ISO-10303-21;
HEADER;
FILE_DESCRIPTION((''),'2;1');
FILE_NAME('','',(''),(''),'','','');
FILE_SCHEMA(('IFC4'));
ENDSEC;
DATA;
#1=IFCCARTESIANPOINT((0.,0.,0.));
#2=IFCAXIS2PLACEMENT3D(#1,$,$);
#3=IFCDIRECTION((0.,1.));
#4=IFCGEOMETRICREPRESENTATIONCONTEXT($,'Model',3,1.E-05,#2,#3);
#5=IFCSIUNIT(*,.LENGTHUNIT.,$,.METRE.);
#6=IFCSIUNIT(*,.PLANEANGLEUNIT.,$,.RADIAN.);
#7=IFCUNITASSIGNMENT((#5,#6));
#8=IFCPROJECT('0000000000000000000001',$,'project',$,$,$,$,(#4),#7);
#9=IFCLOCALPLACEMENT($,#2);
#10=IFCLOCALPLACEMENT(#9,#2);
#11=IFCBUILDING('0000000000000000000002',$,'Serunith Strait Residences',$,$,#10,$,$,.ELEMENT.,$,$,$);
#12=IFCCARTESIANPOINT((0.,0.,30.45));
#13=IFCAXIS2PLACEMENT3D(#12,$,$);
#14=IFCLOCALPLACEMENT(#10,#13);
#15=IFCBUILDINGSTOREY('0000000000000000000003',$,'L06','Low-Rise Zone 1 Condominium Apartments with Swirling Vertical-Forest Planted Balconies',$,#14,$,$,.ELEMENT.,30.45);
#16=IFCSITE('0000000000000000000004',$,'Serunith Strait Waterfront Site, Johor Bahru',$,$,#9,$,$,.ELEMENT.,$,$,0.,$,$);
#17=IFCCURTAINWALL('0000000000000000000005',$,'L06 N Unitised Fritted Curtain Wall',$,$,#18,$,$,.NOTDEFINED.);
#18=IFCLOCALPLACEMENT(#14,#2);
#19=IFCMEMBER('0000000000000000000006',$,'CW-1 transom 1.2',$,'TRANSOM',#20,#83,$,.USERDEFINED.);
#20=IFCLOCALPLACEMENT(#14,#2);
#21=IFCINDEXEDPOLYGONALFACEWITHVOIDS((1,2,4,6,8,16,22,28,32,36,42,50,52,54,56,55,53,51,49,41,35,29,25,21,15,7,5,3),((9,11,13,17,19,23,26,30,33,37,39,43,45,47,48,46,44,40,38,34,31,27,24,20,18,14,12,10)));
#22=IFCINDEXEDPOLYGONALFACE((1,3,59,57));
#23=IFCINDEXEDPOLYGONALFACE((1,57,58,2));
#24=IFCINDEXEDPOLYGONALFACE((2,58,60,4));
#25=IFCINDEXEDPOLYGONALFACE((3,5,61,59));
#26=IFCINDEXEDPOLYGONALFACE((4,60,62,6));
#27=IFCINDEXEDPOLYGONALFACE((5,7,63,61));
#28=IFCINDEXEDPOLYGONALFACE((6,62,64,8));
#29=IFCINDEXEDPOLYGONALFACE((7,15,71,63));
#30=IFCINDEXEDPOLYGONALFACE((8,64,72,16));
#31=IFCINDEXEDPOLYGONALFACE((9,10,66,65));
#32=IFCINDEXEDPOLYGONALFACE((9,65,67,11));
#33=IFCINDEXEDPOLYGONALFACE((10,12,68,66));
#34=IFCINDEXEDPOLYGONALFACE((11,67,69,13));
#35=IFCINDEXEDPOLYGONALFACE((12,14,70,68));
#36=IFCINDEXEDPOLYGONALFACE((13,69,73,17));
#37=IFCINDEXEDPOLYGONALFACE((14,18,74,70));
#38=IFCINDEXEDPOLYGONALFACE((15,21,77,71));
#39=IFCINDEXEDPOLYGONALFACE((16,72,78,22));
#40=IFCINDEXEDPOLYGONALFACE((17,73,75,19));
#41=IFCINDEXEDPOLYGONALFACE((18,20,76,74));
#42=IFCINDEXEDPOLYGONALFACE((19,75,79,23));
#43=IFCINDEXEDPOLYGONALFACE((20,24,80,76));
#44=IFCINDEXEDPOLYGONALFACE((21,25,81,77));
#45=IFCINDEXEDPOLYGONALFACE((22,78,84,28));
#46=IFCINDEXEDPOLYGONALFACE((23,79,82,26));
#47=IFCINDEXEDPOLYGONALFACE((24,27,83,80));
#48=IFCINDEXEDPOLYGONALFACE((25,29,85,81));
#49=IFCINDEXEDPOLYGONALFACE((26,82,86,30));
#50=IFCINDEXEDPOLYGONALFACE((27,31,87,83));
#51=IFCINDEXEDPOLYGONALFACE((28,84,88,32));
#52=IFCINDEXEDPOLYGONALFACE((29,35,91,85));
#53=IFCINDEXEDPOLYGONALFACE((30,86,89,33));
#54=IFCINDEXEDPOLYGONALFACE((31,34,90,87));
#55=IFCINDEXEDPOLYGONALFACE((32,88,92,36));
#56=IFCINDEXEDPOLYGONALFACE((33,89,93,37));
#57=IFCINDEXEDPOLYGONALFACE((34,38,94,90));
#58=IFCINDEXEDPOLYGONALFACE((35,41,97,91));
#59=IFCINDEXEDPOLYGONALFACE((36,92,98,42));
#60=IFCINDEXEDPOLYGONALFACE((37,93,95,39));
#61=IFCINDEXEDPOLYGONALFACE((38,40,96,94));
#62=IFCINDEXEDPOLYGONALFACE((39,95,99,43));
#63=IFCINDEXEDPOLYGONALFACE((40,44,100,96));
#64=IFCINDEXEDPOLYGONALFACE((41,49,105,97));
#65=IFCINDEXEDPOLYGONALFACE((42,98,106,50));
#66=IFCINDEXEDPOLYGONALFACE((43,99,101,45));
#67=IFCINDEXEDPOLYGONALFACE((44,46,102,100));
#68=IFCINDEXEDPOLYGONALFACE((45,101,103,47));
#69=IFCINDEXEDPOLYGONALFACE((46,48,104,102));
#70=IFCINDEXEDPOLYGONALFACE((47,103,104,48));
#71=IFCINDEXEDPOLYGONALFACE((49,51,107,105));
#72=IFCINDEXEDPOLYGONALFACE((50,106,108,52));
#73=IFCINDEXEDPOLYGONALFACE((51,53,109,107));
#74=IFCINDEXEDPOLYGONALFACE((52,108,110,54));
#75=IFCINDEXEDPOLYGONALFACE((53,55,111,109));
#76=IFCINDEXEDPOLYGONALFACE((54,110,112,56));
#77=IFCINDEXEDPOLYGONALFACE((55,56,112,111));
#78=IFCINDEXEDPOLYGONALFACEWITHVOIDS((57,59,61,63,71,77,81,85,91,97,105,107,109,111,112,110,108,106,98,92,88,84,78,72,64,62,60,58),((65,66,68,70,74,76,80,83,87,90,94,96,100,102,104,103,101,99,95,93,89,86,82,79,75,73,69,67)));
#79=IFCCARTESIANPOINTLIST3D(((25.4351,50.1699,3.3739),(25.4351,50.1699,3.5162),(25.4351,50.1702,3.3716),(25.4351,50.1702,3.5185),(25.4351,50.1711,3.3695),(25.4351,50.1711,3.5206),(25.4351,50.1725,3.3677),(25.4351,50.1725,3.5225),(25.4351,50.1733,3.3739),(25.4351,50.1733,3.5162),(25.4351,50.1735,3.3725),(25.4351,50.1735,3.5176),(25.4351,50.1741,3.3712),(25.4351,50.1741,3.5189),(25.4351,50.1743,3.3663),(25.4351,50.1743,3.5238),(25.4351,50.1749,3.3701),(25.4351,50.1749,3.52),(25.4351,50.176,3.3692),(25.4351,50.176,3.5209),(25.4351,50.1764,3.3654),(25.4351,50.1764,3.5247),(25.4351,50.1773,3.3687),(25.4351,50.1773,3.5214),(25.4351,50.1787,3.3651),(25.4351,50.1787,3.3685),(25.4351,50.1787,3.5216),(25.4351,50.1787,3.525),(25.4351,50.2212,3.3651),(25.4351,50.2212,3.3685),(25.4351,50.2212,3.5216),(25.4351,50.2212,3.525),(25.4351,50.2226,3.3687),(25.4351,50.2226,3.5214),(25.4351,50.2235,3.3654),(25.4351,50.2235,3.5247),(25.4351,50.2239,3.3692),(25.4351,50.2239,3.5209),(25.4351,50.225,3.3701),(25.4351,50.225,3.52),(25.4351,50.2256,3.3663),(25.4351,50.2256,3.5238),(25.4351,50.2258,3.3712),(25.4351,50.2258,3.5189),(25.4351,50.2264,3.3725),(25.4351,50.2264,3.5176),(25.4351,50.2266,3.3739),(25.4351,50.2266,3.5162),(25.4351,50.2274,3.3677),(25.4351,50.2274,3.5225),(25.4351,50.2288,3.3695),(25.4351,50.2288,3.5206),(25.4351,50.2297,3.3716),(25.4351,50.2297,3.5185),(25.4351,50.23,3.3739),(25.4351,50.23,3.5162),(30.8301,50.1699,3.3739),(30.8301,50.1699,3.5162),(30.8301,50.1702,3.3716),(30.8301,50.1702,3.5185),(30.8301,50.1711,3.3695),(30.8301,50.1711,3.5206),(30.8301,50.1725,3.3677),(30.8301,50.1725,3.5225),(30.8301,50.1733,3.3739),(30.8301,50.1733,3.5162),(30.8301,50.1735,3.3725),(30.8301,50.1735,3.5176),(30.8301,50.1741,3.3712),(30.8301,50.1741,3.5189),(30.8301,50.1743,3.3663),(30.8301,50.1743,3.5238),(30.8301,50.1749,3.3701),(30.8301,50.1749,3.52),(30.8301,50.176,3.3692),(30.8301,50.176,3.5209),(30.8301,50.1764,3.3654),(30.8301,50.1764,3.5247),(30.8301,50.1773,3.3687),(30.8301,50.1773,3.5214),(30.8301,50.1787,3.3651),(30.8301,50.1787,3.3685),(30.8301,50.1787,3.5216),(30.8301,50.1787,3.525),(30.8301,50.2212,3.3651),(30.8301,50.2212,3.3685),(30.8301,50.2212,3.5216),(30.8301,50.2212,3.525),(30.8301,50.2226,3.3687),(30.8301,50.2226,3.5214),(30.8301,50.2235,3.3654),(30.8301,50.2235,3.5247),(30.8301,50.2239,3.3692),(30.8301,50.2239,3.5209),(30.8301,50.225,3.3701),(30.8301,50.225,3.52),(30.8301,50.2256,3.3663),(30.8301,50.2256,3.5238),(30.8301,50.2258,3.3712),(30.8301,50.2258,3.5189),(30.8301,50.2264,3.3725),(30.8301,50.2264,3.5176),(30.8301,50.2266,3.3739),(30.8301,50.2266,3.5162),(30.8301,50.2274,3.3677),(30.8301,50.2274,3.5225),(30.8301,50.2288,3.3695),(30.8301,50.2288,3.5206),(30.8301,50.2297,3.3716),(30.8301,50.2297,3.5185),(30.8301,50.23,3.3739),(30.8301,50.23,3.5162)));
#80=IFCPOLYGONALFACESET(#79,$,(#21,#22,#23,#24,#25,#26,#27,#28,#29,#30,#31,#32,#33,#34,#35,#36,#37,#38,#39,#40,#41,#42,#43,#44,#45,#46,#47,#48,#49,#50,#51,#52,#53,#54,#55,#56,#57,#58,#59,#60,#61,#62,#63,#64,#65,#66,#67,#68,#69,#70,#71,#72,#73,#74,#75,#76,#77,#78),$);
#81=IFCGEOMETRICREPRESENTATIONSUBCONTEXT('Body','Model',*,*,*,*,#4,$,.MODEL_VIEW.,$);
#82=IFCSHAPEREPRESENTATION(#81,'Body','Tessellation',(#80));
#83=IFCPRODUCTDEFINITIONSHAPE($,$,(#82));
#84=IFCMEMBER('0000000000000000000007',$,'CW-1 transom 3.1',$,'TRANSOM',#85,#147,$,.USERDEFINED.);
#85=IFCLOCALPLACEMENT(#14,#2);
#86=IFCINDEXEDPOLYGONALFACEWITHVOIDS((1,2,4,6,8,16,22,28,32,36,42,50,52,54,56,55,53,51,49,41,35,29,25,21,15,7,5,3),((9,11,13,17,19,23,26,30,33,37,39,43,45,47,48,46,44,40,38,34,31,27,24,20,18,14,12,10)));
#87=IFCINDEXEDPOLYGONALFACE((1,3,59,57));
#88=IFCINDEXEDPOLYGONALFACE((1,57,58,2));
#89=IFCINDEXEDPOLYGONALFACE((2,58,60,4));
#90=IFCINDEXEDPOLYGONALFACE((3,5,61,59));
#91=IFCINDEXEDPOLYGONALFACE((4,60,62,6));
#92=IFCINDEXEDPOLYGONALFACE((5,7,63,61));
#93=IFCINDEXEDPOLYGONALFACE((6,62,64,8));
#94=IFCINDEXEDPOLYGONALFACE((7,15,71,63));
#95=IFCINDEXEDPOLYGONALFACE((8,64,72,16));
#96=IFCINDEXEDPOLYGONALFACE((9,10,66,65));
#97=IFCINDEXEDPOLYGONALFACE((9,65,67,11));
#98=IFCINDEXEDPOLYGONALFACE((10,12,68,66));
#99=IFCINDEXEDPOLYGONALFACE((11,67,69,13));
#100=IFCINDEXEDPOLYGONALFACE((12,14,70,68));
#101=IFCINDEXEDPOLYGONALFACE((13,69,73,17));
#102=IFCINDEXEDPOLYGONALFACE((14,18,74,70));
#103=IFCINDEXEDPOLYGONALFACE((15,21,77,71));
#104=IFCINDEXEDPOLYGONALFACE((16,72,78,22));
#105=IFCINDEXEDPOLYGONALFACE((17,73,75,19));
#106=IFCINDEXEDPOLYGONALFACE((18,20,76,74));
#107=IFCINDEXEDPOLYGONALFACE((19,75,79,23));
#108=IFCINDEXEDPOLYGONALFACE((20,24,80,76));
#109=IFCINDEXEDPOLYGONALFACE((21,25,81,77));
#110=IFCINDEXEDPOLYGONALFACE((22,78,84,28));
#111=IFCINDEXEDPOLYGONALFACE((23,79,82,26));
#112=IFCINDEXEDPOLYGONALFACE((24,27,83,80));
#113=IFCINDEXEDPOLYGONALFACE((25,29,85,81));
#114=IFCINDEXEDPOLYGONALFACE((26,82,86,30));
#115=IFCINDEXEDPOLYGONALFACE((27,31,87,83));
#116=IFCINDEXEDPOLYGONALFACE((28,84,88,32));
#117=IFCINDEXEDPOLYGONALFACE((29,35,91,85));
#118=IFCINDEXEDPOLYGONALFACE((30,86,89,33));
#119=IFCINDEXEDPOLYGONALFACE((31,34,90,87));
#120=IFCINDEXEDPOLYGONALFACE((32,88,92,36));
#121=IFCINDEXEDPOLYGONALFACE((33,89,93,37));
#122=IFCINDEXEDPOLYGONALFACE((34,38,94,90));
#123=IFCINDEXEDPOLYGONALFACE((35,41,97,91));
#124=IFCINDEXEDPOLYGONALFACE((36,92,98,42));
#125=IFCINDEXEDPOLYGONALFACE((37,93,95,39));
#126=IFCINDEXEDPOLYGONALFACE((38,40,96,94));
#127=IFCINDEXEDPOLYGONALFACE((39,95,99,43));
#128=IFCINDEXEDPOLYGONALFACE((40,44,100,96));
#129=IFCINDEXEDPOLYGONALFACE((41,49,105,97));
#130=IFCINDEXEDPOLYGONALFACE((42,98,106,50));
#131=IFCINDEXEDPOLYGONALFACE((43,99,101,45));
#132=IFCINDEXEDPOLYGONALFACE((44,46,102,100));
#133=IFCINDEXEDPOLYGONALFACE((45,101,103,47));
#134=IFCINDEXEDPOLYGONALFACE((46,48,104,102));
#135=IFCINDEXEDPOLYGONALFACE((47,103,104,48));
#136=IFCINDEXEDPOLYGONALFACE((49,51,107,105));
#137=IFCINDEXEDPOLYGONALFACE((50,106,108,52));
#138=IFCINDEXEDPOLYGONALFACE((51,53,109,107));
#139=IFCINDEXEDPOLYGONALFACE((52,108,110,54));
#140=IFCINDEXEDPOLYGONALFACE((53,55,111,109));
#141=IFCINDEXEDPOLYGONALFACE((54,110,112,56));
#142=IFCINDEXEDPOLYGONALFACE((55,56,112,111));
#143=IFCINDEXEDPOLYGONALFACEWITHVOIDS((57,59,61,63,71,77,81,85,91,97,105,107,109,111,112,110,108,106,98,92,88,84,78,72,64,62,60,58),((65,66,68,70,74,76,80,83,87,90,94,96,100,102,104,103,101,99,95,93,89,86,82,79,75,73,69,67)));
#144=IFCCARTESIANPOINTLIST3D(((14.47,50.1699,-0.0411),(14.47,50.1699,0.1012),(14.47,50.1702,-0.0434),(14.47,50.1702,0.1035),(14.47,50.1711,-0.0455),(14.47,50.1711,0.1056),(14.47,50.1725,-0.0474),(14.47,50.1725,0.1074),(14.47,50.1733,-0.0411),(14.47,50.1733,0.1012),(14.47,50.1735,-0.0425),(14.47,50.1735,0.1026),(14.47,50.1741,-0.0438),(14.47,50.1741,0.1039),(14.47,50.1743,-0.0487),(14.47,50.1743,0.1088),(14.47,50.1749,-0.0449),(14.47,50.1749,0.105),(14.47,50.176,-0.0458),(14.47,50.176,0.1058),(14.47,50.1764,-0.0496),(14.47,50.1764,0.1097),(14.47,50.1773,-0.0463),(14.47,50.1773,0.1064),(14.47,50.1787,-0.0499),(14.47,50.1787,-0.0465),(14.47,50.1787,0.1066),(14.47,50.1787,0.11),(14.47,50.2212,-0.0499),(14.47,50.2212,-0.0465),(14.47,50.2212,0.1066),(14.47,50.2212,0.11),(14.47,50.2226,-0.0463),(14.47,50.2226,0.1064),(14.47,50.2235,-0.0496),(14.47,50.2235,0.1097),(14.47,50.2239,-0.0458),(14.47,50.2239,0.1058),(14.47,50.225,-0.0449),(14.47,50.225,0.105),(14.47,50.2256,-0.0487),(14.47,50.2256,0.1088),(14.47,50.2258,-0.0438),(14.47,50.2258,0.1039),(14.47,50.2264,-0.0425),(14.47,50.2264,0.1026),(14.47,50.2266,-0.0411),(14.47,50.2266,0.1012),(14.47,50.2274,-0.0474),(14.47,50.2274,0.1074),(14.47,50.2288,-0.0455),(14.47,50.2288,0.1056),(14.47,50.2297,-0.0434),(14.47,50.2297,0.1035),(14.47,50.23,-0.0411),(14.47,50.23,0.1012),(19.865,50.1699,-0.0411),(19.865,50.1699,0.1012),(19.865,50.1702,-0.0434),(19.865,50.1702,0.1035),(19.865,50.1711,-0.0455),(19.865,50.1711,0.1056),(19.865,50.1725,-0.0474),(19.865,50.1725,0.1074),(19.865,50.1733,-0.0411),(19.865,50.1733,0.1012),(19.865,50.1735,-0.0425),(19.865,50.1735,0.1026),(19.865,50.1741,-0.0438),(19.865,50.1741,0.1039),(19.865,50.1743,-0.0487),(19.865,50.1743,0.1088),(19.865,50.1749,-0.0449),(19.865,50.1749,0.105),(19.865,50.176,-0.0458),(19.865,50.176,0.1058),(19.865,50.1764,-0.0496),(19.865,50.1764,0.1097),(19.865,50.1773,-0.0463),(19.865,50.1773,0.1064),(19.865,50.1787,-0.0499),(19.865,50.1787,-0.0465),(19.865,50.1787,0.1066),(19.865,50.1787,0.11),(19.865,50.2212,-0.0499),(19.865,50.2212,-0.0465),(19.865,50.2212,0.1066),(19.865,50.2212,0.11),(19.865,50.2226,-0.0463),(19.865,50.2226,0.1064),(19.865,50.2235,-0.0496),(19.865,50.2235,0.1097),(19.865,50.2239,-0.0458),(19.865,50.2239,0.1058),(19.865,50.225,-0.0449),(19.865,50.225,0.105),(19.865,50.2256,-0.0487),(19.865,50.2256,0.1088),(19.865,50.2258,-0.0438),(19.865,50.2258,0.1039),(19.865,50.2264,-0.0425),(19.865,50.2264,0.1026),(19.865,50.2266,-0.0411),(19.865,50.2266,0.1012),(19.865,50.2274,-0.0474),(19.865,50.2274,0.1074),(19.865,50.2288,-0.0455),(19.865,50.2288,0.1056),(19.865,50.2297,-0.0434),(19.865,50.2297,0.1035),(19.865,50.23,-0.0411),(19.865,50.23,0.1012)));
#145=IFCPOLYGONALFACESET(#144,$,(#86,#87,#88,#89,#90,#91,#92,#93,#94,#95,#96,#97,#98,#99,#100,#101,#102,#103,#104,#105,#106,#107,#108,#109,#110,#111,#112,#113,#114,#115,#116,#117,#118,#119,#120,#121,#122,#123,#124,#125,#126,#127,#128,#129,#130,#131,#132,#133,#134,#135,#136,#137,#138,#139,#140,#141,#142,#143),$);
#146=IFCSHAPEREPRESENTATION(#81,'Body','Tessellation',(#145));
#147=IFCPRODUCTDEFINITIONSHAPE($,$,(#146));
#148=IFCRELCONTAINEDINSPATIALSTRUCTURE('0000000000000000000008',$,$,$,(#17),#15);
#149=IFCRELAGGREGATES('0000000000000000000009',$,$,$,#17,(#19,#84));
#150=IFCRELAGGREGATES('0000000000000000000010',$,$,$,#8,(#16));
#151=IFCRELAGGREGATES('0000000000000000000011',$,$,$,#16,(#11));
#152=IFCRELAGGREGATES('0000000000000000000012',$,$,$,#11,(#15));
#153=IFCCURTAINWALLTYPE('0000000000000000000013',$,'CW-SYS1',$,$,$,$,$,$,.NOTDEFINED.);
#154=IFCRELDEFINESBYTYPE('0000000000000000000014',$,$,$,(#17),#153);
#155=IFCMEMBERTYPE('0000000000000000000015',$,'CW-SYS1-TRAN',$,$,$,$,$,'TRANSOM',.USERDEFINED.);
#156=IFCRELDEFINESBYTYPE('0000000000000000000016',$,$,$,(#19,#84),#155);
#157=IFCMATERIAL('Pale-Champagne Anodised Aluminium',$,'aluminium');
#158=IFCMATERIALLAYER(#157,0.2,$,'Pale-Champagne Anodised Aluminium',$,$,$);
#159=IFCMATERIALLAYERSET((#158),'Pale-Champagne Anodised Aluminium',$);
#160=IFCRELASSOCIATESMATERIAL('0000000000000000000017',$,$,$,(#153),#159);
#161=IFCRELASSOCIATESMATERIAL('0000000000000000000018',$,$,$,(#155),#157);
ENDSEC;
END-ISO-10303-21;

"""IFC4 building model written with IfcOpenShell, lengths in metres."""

from ifc_helpers import new_model, si_unit, direction, frame, origin, origin_2d, place, context, subcontext, project, spatial, hollow_rectangle, extrude, source, transform, mapped, material, layer, layer_set, material_profile, profile_set, type_object, element, aggregate, save


model = new_model("IFC4")

# Units and contexts
model_context = context("Model", 3, precision=1e-05, world=origin(), true_north=direction((0.0, 1.0)))
body_context = subcontext(model_context, "Body", "Model", "MODEL_VIEW")
ifc_project = project(units=[si_unit("LENGTHUNIT", "METRE"), si_unit("PLANEANGLEUNIT", "RADIAN")], contexts=[model_context])

# Site, building, storey
site_placement = place(None, origin())
site = spatial("IfcSite", under=ifc_project, at=site_placement, Name="Serunith Strait Waterfront Site, Johor Bahru", CompositionType="ELEMENT", RefElevation=0.0)
building_placement = place(site_placement, origin())
building = spatial("IfcBuilding", under=site, at=building_placement, Name="Serunith Strait Residences", CompositionType="ELEMENT")
storey_placement = place(building_placement, frame((0.0, 0.0, 30.45)))
storey = spatial("IfcBuildingStorey", under=building, at=storey_placement, Name="L06", Description="Low-Rise Zone 1 Condominium Apartments with Swirling Vertical-Forest Planted Balconies", CompositionType="ELEMENT", Elevation=30.45)

# Curtain wall, members
ifc_material_1 = material(Name="Pale-Champagne Anodised Aluminium", Category="aluminium")
ifc_layer_1 = layer(ifc_material_1, 0.2, Name="Pale-Champagne Anodised Aluminium")
ifc_layer_set_1 = layer_set([ifc_layer_1], Name="Pale-Champagne Anodised Aluminium")
curtain_wall_type = type_object("IfcCurtainWallType", Name="CW-SYS1", PredefinedType="NOTDEFINED", material=ifc_layer_set_1)
curtain_wall_placement = place(storey_placement, origin())
curtain_wall = element("IfcCurtainWall", 1, at=curtain_wall_placement, inside=storey, type_object=curtain_wall_type, Name="L06 N Unitised Fritted Curtain Wall", PredefinedType="NOTDEFINED")
ifc_material_profile_1 = material_profile(ifc_material_1, hollow_rectangle(XDim=0.0601, YDim=0.1599, WallThickness=0.0034, InnerFilletRadius=0.0054, OuterFilletRadius=0.0088, at=origin_2d()), Name="ALU 160x60x3.5")
ifc_profile_set_1 = profile_set([ifc_material_profile_1], Name="Pale-Champagne Anodised Aluminium")
member_type_1 = type_object("IfcMemberType", Name="CW-SYS1-TRAN", ElementType="TRANSOM", PredefinedType="USERDEFINED", material=ifc_profile_set_1)
shared_shape_1 = source(origin(), body_context, "Body", "SweptSolid", [
    extrude(hollow_rectangle(XDim=0.0601, YDim=0.1599, WallThickness=0.0034, InnerFilletRadius=0.0054, OuterFilletRadius=0.0088, at=origin_2d()), origin(), (0.0, 0.0, 1.0), 5.395),
])
member_1_placement = place(storey_placement, frame((30.8301, 50.2, 3.4451), z_axis=(-1.0, 0.0, 0.0), x_axis=(0.0, -1.0, 0.0)))
member_1 = element("IfcMember", 2, at=member_1_placement, type_object=member_type_1, Name="CW-1 transom 1.2", ObjectType="TRANSOM", PredefinedType="USERDEFINED", context=body_context, shape_type="MappedRepresentation", body=[
    mapped(shared_shape_1, transform((0.0, 0.0, 0.0), scale=1.0)),
])
member_2_placement = place(storey_placement, frame((19.865, 50.2, 0.03), z_axis=(-1.0, 0.0, 0.0), x_axis=(0.0, -1.0, 0.0)))
member_2 = element("IfcMember", 3, at=member_2_placement, type_object=member_type_1, Name="CW-1 transom 3.1", ObjectType="TRANSOM", PredefinedType="USERDEFINED", context=body_context, shape_type="MappedRepresentation", body=[
    mapped(shared_shape_1, transform((0.0, 0.0, 0.0), scale=1.0)),
])
aggregate(curtain_wall, [member_1, member_2])

save(model, "model.ifc")
